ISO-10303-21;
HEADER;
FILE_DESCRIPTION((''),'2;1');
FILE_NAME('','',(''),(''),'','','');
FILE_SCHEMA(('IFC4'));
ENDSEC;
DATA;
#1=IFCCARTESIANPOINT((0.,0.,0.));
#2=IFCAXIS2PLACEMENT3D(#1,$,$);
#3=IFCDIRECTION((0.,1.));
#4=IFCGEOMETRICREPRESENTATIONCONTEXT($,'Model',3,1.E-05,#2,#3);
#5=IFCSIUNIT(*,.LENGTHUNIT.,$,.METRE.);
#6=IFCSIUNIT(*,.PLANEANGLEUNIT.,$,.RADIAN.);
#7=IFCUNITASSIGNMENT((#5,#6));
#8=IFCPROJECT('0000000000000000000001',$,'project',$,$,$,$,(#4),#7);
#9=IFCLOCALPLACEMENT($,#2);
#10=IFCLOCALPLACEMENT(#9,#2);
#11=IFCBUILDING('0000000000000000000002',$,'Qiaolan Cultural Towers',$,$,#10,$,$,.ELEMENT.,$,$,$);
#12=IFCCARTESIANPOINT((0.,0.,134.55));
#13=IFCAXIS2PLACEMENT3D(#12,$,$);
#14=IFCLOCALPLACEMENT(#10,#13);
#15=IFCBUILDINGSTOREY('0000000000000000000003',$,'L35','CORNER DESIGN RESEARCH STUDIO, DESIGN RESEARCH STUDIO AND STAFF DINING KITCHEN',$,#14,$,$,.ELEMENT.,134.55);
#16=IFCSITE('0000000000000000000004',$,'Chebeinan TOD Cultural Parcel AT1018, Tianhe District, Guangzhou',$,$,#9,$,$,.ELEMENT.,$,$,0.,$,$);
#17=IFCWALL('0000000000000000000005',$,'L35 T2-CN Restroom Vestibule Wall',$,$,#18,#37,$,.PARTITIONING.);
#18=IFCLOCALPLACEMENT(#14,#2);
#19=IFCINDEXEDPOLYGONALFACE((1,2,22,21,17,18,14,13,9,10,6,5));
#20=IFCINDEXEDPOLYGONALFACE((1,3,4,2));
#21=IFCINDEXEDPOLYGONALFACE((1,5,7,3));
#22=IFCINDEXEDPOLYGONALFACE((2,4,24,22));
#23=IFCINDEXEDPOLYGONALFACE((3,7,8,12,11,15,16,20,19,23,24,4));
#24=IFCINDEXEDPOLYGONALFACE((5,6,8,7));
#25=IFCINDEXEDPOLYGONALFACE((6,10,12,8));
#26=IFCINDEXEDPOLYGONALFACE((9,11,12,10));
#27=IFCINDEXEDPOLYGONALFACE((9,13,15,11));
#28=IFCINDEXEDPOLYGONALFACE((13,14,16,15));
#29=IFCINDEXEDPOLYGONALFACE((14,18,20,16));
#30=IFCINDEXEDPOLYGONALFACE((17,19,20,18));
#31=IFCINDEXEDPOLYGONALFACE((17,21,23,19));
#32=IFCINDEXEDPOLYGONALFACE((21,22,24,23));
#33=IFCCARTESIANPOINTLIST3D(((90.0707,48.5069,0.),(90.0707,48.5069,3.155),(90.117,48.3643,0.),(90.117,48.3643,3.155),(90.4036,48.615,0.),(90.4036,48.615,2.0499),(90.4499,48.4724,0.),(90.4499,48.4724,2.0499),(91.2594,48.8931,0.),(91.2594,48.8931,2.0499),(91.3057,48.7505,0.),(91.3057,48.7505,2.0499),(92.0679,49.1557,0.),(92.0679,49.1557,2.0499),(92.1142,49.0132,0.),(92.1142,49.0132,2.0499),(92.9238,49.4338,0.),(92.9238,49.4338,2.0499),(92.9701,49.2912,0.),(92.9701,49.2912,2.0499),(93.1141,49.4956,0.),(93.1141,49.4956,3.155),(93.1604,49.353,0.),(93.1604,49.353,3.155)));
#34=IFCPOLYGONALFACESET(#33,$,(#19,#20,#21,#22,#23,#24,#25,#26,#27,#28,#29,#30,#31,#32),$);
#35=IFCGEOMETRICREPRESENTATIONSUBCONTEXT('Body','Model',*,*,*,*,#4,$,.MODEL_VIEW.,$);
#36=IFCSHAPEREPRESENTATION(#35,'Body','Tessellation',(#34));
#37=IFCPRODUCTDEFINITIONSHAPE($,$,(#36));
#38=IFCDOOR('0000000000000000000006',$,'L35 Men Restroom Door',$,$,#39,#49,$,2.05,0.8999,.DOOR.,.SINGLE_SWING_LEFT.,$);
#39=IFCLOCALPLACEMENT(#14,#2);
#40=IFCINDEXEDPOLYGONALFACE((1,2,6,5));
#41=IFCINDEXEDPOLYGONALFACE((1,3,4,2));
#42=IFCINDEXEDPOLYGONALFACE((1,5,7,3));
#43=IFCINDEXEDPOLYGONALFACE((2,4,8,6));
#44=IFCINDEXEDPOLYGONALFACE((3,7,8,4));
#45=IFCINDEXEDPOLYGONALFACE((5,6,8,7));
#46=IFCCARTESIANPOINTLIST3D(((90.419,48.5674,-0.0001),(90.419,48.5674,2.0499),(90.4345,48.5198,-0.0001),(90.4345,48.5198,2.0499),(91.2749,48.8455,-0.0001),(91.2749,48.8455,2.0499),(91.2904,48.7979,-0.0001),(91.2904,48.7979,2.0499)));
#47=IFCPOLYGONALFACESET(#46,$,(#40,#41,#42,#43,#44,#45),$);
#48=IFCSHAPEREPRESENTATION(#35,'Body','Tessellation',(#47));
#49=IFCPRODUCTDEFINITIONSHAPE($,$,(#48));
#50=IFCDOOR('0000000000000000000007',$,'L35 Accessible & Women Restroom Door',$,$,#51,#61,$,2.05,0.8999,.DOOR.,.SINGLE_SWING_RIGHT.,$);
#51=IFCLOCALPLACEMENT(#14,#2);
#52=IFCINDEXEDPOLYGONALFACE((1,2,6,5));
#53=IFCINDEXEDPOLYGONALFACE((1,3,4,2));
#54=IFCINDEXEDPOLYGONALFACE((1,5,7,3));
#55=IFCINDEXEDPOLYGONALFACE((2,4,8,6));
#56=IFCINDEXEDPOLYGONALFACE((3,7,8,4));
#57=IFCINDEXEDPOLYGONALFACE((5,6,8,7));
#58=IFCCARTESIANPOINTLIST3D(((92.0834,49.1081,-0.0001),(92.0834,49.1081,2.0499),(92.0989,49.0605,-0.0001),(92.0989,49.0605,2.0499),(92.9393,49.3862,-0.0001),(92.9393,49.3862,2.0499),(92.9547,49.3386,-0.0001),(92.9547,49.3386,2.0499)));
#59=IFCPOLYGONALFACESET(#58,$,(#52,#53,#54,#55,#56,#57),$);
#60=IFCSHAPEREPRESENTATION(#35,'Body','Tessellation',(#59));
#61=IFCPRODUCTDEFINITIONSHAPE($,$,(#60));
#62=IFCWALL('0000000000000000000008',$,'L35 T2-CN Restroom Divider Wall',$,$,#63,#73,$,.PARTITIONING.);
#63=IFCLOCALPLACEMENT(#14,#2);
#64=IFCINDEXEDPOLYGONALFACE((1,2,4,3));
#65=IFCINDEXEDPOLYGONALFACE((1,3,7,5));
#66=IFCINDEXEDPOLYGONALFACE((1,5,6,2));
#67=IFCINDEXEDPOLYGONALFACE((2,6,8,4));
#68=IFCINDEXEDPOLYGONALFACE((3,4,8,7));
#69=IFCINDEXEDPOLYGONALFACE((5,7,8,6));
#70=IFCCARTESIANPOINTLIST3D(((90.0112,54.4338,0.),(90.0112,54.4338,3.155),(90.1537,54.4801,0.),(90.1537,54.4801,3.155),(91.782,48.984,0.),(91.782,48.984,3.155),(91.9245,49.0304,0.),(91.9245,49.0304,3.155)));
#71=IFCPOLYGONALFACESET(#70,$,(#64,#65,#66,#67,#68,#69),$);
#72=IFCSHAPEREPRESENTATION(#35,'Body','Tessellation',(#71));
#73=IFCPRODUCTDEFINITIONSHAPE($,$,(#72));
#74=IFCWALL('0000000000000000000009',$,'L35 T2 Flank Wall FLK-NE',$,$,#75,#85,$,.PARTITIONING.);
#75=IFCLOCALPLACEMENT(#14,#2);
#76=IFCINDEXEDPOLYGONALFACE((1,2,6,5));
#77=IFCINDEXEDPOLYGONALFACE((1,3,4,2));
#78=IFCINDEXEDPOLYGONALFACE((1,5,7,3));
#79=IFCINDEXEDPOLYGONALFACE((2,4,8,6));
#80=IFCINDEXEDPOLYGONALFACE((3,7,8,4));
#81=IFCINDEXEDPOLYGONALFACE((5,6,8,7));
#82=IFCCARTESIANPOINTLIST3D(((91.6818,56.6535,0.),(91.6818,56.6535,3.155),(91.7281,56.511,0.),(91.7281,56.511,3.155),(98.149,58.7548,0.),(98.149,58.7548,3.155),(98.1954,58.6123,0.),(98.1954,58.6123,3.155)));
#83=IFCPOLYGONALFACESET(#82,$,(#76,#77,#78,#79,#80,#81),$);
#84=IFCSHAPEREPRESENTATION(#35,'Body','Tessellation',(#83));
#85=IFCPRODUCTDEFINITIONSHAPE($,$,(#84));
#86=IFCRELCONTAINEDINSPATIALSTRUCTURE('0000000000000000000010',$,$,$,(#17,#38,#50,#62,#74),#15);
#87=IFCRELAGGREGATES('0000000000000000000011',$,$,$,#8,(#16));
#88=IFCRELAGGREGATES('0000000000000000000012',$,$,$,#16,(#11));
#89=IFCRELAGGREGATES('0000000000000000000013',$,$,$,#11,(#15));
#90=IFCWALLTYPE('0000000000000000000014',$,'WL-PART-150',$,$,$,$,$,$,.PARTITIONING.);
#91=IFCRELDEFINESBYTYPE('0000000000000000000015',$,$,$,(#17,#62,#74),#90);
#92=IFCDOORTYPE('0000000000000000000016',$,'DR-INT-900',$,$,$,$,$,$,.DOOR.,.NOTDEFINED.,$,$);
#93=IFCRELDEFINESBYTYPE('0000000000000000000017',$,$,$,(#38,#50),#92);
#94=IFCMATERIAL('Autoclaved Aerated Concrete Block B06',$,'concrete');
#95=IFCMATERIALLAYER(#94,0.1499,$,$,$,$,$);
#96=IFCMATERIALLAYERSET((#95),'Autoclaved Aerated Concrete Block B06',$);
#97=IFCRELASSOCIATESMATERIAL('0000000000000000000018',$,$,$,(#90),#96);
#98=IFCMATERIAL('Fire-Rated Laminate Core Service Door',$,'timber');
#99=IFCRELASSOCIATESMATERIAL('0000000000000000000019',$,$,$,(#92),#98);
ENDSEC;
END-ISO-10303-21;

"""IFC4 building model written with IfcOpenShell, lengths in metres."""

from ifc_helpers import new_model, si_unit, direction, frame, frame_2d, origin, place, context, subcontext, project, spatial, rectangle, extrude, material, layer, layer_set, type_object, element, fill, save


model = new_model("IFC4")

# Units and contexts
model_context = context("Model", 3, precision=1e-05, world=origin(), true_north=direction((0.0, 1.0)))
body_context = subcontext(model_context, "Body", "Model", "MODEL_VIEW")
ifc_project = project(units=[si_unit("LENGTHUNIT", "METRE"), si_unit("PLANEANGLEUNIT", "RADIAN")], contexts=[model_context])

# Site, building, storey
site_placement = place(None, origin())
site = spatial("IfcSite", under=ifc_project, at=site_placement, Name="Chebeinan TOD Cultural Parcel AT1018, Tianhe District, Guangzhou", CompositionType="ELEMENT", RefElevation=0.0)
building_placement = place(site_placement, origin())
building = spatial("IfcBuilding", under=site, at=building_placement, Name="Qiaolan Cultural Towers", CompositionType="ELEMENT")
storey_placement = place(building_placement, frame((0.0, 0.0, 134.55)))
storey = spatial("IfcBuildingStorey", under=building, at=storey_placement, Name="L35", Description="CORNER DESIGN RESEARCH STUDIO, DESIGN RESEARCH STUDIO AND STAFF DINING KITCHEN", CompositionType="ELEMENT", Elevation=134.55)

# Wall, openings, doors
ifc_material_1 = material(Name="Autoclaved Aerated Concrete Block B06", Category="concrete")
ifc_layer_1 = layer(ifc_material_1, 0.1499)
ifc_layer_set_1 = layer_set([ifc_layer_1], Name="Autoclaved Aerated Concrete Block B06")
wall_type_1 = type_object("IfcWallType", Name="WL-PART-150", PredefinedType="PARTITIONING", material=ifc_layer_set_1)
wall_1_placement = place(storey_placement, frame((90.0938, 48.4355, 0.0), z_axis=(0.0, 0.0, 1.0), x_axis=(0.951067, 0.308986, 0.0)))
wall_1 = element("IfcWall", 1, at=wall_1_placement, inside=storey, type_object=wall_type_1, Name="L35 T2-CN Restroom Vestibule Wall", PredefinedType="PARTITIONING", context=body_context, shape_type="SweptSolid", body=[
    extrude(rectangle(XDim=3.2, YDim=0.1499, at=frame_2d((1.6001, 0.0))), origin(), (0.0, 0.0, 1.0), 3.155),
])
opening_1_placement = place(wall_1_placement, frame((0.3501, 0.0, 0.0)))
opening_1 = element("IfcOpeningElement", 2, at=opening_1_placement, cuts=wall_1, PredefinedType="OPENING", context=body_context, shape_type="SweptSolid", body=[
    extrude(rectangle(XDim=0.8999, YDim=2.05, at=frame_2d((0.45, 1.0249))), frame((0.0, 0.085, 0.0), z_axis=(0.0, -1.0, 0.0), x_axis=(1.0, 0.0, 0.0)), (0.0, 0.0, 1.0), 0.1699),
])
opening_2_placement = place(wall_1_placement, frame((2.1001, 0.0, 0.0)))
opening_2 = element("IfcOpeningElement", 3, at=opening_2_placement, cuts=wall_1, PredefinedType="OPENING", context=body_context, shape_type="SweptSolid", body=[
    extrude(rectangle(XDim=0.8999, YDim=2.05, at=frame_2d((0.45, 1.0249))), frame((0.0, 0.085, 0.0), z_axis=(0.0, -1.0, 0.0), x_axis=(1.0, 0.0, 0.0)), (0.0, 0.0, 1.0), 0.1699),
])
ifc_material_2 = material(Name="Fire-Rated Laminate Core Service Door", Category="timber")
door_type_1 = type_object("IfcDoorType", Name="DR-INT-900", OperationType="NOTDEFINED", PredefinedType="DOOR", material=ifc_material_2)
door_1_placement = place(opening_1_placement, origin())
door_1 = element("IfcDoor", 4, at=door_1_placement, inside=storey, type_object=door_type_1, Name="L35 Men Restroom Door", OperationType="SINGLE_SWING_LEFT", OverallHeight=2.05, OverallWidth=0.8999, PredefinedType="DOOR", context=body_context, shape_type="SweptSolid", body=[
    extrude(rectangle(XDim=0.8999, YDim=2.05, at=frame_2d((0.45, 1.0249))), frame((0.0, 0.0249, 0.0), z_axis=(0.0, -1.0, 0.0), x_axis=(1.0, 0.0, 0.0)), (0.0, 0.0, 1.0), 0.05),
])
fill(opening_1, door_1)
door_2_placement = place(opening_2_placement, origin())
door_2 = element("IfcDoor", 5, at=door_2_placement, inside=storey, type_object=door_type_1, Name="L35 Accessible & Women Restroom Door", OperationType="SINGLE_SWING_RIGHT", OverallHeight=2.05, OverallWidth=0.8999, PredefinedType="DOOR", context=body_context, shape_type="SweptSolid", body=[
    extrude(rectangle(XDim=0.8999, YDim=2.05, at=frame_2d((0.45, 1.0249))), frame((0.0, 0.0249, 0.0), z_axis=(0.0, -1.0, 0.0), x_axis=(1.0, 0.0, 0.0)), (0.0, 0.0, 1.0), 0.05),
])
fill(opening_2, door_2)

# Walls
wall_2_placement = place(storey_placement, frame((91.8533, 49.0071, 0.0), z_axis=(0.0, 0.0, 1.0), x_axis=(-0.309022, 0.951055, 0.0)))
element("IfcWall", 6, at=wall_2_placement, inside=storey, type_object=wall_type_1, Name="L35 T2-CN Restroom Divider Wall", PredefinedType="PARTITIONING", context=body_context, shape_type="SweptSolid", body=[
    extrude(rectangle(XDim=5.7302, YDim=0.1499, at=frame_2d((2.8652, 0.0))), origin(), (0.0, 0.0, 1.0), 3.155),
])
wall_3_placement = place(storey_placement, frame((91.7051, 56.5823, 0.0), z_axis=(0.0, 0.0, 1.0), x_axis=(0.951058, 0.309013, 0.0)))
element("IfcWall", 7, at=wall_3_placement, inside=storey, type_object=wall_type_1, Name="L35 T2 Flank Wall FLK-NE", PredefinedType="PARTITIONING", context=body_context, shape_type="SweptSolid", body=[
    extrude(rectangle(XDim=6.8, YDim=0.1499, at=frame_2d((3.3999, 0.0))), origin(), (0.0, 0.0, 1.0), 3.155),
])

save(model, "model.ifc")
